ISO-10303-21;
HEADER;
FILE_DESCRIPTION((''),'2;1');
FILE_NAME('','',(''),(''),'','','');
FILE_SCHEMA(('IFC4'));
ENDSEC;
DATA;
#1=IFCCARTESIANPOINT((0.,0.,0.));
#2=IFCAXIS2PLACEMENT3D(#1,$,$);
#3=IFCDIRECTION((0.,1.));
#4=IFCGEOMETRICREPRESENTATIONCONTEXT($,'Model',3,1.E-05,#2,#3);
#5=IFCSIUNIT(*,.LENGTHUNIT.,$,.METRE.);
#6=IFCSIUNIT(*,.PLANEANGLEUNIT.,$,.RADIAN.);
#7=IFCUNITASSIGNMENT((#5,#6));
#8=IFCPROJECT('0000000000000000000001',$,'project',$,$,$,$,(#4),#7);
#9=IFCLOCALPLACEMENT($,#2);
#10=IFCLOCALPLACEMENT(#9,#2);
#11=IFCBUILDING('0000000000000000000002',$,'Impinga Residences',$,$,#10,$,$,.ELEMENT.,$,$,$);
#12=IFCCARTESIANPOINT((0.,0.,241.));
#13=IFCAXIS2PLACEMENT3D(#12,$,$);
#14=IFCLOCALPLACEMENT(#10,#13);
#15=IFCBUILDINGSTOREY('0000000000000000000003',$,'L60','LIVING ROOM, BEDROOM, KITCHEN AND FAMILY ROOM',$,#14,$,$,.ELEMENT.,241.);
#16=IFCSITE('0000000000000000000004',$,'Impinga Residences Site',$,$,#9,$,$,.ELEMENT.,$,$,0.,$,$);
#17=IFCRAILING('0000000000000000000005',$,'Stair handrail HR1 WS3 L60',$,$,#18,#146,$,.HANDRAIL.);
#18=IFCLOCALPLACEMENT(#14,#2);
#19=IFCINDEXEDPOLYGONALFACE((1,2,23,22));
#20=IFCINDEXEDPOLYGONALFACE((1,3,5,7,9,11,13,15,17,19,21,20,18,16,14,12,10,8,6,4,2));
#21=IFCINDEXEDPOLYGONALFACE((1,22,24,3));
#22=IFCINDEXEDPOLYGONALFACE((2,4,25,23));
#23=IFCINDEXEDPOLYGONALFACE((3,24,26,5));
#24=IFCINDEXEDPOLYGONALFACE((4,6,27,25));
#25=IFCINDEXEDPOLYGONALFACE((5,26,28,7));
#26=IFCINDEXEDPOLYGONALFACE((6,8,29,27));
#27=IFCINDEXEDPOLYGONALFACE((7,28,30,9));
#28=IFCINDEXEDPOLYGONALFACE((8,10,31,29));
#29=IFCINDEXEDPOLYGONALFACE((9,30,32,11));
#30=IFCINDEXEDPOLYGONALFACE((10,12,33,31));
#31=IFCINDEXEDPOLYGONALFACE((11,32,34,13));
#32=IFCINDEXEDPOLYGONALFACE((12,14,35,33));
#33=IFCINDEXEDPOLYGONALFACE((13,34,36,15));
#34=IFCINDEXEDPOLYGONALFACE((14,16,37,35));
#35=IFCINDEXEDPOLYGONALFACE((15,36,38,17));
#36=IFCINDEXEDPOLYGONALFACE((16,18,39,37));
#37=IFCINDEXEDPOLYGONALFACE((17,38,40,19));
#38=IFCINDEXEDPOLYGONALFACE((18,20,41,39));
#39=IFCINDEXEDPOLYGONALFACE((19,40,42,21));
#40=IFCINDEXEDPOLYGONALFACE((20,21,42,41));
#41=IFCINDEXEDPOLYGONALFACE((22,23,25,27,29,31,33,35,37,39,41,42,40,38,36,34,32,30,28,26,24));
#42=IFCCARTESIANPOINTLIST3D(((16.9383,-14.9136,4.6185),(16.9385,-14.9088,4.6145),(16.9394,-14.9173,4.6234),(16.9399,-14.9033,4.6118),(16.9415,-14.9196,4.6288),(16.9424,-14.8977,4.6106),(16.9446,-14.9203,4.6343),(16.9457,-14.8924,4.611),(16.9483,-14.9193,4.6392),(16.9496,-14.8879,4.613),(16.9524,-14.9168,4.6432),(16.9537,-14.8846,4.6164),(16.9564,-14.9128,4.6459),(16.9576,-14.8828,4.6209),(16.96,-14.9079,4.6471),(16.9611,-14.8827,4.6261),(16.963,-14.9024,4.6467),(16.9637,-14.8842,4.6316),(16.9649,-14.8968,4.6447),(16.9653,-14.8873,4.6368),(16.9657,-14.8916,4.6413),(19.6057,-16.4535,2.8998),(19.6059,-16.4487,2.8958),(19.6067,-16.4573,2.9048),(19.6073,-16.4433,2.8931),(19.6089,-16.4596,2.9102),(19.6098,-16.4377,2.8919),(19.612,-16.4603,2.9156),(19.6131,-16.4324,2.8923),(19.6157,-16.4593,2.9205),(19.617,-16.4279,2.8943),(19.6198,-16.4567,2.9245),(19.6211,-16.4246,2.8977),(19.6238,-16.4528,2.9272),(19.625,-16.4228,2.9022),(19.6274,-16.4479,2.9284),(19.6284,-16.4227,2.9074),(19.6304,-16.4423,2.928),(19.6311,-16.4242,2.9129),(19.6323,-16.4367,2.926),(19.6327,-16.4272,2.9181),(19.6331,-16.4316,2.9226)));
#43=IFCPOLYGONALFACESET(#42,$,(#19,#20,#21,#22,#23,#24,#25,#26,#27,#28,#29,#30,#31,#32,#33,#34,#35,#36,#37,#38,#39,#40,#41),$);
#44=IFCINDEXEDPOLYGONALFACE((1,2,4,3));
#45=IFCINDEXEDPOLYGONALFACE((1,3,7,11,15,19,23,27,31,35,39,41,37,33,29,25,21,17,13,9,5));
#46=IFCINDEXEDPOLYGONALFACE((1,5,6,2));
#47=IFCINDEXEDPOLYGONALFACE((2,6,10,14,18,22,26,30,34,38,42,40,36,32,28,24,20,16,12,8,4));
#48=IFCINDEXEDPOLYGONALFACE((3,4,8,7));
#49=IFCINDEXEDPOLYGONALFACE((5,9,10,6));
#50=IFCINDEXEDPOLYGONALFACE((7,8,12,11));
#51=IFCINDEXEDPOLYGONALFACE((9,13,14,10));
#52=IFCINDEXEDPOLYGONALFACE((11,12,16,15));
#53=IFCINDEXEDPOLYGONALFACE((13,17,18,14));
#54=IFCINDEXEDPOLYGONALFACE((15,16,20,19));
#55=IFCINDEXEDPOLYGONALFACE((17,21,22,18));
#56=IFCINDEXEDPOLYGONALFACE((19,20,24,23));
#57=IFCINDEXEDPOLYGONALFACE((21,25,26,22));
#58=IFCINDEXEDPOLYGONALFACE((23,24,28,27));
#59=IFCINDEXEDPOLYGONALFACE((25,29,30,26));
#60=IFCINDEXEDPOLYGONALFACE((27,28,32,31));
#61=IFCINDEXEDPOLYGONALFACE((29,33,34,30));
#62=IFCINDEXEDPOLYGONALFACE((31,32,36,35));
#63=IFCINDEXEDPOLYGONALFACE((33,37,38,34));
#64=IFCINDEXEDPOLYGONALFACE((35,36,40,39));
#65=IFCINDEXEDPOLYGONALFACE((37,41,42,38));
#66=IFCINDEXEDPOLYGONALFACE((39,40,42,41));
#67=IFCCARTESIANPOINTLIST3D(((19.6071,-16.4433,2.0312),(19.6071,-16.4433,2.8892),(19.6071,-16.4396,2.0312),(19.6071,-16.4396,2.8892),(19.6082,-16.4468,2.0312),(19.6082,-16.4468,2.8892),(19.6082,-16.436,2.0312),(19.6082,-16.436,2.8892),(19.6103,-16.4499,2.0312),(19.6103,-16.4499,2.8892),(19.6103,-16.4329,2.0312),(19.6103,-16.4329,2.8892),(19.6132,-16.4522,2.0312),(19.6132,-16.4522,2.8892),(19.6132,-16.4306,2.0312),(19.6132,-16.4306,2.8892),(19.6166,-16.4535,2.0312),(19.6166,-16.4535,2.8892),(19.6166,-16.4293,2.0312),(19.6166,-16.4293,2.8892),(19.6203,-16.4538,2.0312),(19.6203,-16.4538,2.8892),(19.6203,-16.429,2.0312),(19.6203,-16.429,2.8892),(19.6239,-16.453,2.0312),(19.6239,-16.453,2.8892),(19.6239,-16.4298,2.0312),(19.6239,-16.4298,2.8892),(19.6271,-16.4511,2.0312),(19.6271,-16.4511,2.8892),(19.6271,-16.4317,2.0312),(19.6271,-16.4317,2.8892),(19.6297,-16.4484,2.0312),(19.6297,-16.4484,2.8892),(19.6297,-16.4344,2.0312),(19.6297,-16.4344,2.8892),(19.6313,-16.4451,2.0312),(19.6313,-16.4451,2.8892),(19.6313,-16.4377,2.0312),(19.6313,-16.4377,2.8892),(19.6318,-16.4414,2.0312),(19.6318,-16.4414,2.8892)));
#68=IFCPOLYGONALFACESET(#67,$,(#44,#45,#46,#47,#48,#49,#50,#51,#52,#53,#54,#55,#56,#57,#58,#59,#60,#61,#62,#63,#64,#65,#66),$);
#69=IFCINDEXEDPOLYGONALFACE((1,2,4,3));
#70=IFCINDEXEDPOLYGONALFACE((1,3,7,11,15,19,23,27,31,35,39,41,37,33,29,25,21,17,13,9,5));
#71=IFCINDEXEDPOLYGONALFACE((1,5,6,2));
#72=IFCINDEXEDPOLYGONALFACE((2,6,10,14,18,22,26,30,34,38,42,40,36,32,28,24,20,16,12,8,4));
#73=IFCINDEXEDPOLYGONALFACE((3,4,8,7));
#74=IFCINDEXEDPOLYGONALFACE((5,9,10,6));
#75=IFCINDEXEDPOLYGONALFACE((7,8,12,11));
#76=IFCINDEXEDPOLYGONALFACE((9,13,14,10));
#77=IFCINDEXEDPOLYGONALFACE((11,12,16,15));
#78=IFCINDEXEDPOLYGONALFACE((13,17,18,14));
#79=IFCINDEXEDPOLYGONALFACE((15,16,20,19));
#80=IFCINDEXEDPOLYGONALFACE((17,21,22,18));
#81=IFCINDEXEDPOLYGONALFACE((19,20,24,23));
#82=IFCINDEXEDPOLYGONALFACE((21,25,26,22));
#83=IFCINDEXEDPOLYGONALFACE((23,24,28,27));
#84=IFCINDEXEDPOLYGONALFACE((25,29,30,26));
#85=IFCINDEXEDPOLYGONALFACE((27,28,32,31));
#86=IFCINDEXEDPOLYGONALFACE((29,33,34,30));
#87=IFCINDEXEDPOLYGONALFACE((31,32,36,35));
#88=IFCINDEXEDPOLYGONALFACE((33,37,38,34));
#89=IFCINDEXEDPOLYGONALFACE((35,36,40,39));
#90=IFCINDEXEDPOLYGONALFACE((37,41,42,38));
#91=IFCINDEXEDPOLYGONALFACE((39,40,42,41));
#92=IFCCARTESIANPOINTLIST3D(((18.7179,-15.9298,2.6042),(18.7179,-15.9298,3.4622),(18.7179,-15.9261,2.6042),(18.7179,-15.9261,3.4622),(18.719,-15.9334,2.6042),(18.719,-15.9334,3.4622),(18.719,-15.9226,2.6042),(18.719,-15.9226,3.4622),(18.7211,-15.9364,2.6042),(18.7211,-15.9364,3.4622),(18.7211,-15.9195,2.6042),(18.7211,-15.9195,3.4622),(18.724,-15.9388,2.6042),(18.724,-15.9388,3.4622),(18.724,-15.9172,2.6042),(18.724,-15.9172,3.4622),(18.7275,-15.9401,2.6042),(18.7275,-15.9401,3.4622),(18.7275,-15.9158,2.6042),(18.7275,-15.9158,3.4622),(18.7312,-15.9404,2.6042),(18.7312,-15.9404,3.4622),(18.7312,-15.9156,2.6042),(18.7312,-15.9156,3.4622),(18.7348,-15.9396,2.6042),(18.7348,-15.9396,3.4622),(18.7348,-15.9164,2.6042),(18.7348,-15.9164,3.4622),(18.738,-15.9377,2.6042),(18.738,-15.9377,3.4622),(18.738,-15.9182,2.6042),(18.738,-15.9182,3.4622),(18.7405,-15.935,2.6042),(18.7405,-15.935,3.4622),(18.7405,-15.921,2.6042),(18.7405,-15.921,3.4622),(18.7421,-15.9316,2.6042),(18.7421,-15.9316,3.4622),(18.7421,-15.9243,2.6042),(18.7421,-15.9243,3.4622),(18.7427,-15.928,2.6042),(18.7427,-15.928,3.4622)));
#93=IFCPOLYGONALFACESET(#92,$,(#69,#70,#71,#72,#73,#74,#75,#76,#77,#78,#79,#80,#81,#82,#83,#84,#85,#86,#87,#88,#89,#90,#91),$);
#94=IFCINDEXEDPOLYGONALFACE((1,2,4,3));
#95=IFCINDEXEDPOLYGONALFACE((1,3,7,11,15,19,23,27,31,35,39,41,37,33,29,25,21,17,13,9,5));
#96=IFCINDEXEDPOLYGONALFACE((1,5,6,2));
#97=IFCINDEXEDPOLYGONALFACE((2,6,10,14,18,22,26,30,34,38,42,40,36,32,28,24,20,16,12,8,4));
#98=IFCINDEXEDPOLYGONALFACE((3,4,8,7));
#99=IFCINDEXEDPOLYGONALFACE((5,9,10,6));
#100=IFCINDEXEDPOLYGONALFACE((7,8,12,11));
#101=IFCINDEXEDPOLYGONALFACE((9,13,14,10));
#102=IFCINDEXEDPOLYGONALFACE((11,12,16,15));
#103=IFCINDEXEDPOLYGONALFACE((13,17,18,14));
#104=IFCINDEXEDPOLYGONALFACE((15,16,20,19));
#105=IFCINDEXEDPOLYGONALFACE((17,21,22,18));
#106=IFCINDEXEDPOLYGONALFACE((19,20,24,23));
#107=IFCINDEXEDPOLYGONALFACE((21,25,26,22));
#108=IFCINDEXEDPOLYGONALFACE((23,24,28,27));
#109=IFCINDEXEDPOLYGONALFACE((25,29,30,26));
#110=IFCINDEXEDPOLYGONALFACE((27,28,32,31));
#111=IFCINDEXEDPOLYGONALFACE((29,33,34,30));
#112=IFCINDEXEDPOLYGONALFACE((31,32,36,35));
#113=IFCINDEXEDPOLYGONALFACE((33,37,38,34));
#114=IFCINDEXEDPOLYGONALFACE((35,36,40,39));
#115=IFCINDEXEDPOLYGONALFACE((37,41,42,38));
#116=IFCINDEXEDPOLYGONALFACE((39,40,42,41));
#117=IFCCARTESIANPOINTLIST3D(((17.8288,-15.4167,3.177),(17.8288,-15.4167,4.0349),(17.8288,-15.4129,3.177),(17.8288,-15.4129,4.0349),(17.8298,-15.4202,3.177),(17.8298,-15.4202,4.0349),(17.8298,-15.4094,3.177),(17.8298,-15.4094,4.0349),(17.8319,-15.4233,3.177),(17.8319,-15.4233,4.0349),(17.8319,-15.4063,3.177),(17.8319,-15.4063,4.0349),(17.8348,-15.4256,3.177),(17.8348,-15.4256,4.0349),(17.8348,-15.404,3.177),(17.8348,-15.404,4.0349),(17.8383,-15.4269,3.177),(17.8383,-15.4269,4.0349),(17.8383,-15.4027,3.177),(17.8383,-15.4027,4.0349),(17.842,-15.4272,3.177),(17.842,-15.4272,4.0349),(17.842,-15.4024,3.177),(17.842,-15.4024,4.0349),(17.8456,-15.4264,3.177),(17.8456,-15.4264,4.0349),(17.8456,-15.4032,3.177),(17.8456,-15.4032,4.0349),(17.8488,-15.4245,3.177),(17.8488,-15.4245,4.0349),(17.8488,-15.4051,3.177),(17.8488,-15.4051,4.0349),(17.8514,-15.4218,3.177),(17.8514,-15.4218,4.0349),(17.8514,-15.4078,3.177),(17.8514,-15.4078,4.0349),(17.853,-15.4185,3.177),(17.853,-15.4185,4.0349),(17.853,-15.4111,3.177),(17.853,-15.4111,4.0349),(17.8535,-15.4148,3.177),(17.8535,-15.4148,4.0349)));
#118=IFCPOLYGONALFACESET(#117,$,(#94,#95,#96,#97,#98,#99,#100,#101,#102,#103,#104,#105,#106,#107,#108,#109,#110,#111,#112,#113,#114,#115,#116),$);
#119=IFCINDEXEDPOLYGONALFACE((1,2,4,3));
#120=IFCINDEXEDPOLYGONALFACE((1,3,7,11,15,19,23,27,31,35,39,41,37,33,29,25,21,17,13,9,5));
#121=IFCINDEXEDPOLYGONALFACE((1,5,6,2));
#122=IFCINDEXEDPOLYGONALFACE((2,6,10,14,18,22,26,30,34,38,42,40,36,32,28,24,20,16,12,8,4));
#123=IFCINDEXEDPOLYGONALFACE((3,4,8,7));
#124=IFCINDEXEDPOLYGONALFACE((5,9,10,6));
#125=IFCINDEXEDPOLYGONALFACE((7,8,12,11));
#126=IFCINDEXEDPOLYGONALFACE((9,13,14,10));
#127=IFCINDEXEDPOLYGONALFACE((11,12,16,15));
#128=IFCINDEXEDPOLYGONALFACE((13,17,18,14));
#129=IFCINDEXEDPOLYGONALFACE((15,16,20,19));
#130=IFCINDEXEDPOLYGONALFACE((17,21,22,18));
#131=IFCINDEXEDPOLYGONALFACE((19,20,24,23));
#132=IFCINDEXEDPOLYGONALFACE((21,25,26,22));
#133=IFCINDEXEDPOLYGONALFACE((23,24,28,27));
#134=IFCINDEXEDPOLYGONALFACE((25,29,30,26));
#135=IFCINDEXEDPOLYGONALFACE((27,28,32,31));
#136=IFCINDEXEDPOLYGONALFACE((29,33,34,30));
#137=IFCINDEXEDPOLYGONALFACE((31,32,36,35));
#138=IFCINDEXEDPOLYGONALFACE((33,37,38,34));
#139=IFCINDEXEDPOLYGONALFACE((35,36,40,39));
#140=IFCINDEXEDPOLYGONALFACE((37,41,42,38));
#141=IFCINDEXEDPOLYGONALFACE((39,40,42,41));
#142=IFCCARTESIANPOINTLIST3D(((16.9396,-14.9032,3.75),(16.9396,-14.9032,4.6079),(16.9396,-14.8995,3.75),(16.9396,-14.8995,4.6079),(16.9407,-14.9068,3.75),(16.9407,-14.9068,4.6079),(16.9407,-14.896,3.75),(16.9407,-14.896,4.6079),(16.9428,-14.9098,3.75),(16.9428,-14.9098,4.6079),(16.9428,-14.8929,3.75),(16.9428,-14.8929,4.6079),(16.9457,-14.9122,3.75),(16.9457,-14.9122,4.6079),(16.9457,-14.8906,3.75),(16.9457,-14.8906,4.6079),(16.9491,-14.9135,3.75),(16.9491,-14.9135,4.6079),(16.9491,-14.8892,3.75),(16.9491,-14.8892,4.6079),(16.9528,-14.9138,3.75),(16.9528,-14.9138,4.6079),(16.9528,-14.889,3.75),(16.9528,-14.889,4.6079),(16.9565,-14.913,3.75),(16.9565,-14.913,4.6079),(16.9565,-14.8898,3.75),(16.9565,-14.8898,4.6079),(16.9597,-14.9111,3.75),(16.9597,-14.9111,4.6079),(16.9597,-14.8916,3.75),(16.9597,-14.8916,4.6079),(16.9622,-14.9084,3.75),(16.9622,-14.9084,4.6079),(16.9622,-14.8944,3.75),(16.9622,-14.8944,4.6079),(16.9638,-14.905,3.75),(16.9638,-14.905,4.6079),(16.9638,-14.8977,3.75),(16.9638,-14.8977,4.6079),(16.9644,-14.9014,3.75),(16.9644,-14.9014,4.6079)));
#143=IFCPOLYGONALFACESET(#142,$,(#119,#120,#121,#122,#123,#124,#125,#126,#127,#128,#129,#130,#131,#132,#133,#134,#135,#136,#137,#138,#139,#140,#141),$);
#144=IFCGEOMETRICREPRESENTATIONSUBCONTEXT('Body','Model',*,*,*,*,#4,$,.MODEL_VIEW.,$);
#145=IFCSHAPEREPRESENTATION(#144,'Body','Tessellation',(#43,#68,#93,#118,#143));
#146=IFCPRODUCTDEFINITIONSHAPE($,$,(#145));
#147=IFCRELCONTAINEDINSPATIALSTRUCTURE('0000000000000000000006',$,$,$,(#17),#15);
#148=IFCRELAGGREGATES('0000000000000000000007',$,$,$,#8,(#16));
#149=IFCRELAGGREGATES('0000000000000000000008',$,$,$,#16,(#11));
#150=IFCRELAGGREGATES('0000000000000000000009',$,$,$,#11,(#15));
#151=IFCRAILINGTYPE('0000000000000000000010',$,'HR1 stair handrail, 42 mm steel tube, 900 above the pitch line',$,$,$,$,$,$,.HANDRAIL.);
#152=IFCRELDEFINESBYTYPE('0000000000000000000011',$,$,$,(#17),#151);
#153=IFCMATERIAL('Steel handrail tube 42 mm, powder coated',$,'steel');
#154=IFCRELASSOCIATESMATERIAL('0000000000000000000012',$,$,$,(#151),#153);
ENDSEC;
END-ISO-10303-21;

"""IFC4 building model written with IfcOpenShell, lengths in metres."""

from ifc_helpers import new_model, si_unit, direction, frame, origin, origin_2d, place, context, subcontext, project, spatial, circle, extrude, material, type_object, element, save


model = new_model("IFC4")

# Units and contexts
model_context = context("Model", 3, precision=1e-05, world=origin(), true_north=direction((0.0, 1.0)))
body_context = subcontext(model_context, "Body", "Model", "MODEL_VIEW")
ifc_project = project(units=[si_unit("LENGTHUNIT", "METRE"), si_unit("PLANEANGLEUNIT", "RADIAN")], contexts=[model_context])

# Site, building, storey
site_placement = place(None, origin())
site = spatial("IfcSite", under=ifc_project, at=site_placement, Name="Impinga Residences Site", CompositionType="ELEMENT", RefElevation=0.0)
building_placement = place(site_placement, origin())
building = spatial("IfcBuilding", under=site, at=building_placement, Name="Impinga Residences", CompositionType="ELEMENT")
storey_placement = place(building_placement, frame((0.0, 0.0, 241.0)))
storey = spatial("IfcBuildingStorey", under=building, at=storey_placement, Name="L60", Description="LIVING ROOM, BEDROOM, KITCHEN AND FAMILY ROOM", CompositionType="ELEMENT", Elevation=241.0)

# Railing
ifc_material_1 = material(Name="Steel handrail tube 42 mm, powder coated", Category="steel")
railing_type_1 = type_object("IfcRailingType", Name="HR1 stair handrail, 42 mm steel tube, 900 above the pitch line", PredefinedType="HANDRAIL", material=ifc_material_1)
railing_1_placement = place(storey_placement, frame((19.6194, -16.4414, 2.0312)))
element("IfcRailing", 1, at=railing_1_placement, inside=storey, type_object=railing_type_1, Name="Stair handrail HR1 WS3 L60", PredefinedType="HANDRAIL", context=body_context, shape_type="SweptSolid", body=[
    extrude(circle(Radius=0.021, at=origin_2d()), frame((0.0, 0.0, 0.8789), z_axis=(-0.756256, 0.436616, 0.487282), x_axis=(-0.499992, -0.86603, 0.0)), (0.0, 0.0, 1.0), 3.5271),
    extrude(circle(Radius=0.0125, at=origin_2d()), origin(), (0.0, 0.0, 1.0), 0.8579),
    extrude(circle(Radius=0.0125, at=origin_2d()), frame((-0.8892, 0.5134, 0.573)), (0.0, 0.0, 1.0), 0.8579),
    extrude(circle(Radius=0.0125, at=origin_2d()), frame((-1.7783, 1.0266, 1.1458)), (0.0, 0.0, 1.0), 0.8579),
    extrude(circle(Radius=0.0125, at=origin_2d()), frame((-2.6675, 1.54, 1.7188)), (0.0, 0.0, 1.0), 0.8579),
])

save(model, "model.ifc")
